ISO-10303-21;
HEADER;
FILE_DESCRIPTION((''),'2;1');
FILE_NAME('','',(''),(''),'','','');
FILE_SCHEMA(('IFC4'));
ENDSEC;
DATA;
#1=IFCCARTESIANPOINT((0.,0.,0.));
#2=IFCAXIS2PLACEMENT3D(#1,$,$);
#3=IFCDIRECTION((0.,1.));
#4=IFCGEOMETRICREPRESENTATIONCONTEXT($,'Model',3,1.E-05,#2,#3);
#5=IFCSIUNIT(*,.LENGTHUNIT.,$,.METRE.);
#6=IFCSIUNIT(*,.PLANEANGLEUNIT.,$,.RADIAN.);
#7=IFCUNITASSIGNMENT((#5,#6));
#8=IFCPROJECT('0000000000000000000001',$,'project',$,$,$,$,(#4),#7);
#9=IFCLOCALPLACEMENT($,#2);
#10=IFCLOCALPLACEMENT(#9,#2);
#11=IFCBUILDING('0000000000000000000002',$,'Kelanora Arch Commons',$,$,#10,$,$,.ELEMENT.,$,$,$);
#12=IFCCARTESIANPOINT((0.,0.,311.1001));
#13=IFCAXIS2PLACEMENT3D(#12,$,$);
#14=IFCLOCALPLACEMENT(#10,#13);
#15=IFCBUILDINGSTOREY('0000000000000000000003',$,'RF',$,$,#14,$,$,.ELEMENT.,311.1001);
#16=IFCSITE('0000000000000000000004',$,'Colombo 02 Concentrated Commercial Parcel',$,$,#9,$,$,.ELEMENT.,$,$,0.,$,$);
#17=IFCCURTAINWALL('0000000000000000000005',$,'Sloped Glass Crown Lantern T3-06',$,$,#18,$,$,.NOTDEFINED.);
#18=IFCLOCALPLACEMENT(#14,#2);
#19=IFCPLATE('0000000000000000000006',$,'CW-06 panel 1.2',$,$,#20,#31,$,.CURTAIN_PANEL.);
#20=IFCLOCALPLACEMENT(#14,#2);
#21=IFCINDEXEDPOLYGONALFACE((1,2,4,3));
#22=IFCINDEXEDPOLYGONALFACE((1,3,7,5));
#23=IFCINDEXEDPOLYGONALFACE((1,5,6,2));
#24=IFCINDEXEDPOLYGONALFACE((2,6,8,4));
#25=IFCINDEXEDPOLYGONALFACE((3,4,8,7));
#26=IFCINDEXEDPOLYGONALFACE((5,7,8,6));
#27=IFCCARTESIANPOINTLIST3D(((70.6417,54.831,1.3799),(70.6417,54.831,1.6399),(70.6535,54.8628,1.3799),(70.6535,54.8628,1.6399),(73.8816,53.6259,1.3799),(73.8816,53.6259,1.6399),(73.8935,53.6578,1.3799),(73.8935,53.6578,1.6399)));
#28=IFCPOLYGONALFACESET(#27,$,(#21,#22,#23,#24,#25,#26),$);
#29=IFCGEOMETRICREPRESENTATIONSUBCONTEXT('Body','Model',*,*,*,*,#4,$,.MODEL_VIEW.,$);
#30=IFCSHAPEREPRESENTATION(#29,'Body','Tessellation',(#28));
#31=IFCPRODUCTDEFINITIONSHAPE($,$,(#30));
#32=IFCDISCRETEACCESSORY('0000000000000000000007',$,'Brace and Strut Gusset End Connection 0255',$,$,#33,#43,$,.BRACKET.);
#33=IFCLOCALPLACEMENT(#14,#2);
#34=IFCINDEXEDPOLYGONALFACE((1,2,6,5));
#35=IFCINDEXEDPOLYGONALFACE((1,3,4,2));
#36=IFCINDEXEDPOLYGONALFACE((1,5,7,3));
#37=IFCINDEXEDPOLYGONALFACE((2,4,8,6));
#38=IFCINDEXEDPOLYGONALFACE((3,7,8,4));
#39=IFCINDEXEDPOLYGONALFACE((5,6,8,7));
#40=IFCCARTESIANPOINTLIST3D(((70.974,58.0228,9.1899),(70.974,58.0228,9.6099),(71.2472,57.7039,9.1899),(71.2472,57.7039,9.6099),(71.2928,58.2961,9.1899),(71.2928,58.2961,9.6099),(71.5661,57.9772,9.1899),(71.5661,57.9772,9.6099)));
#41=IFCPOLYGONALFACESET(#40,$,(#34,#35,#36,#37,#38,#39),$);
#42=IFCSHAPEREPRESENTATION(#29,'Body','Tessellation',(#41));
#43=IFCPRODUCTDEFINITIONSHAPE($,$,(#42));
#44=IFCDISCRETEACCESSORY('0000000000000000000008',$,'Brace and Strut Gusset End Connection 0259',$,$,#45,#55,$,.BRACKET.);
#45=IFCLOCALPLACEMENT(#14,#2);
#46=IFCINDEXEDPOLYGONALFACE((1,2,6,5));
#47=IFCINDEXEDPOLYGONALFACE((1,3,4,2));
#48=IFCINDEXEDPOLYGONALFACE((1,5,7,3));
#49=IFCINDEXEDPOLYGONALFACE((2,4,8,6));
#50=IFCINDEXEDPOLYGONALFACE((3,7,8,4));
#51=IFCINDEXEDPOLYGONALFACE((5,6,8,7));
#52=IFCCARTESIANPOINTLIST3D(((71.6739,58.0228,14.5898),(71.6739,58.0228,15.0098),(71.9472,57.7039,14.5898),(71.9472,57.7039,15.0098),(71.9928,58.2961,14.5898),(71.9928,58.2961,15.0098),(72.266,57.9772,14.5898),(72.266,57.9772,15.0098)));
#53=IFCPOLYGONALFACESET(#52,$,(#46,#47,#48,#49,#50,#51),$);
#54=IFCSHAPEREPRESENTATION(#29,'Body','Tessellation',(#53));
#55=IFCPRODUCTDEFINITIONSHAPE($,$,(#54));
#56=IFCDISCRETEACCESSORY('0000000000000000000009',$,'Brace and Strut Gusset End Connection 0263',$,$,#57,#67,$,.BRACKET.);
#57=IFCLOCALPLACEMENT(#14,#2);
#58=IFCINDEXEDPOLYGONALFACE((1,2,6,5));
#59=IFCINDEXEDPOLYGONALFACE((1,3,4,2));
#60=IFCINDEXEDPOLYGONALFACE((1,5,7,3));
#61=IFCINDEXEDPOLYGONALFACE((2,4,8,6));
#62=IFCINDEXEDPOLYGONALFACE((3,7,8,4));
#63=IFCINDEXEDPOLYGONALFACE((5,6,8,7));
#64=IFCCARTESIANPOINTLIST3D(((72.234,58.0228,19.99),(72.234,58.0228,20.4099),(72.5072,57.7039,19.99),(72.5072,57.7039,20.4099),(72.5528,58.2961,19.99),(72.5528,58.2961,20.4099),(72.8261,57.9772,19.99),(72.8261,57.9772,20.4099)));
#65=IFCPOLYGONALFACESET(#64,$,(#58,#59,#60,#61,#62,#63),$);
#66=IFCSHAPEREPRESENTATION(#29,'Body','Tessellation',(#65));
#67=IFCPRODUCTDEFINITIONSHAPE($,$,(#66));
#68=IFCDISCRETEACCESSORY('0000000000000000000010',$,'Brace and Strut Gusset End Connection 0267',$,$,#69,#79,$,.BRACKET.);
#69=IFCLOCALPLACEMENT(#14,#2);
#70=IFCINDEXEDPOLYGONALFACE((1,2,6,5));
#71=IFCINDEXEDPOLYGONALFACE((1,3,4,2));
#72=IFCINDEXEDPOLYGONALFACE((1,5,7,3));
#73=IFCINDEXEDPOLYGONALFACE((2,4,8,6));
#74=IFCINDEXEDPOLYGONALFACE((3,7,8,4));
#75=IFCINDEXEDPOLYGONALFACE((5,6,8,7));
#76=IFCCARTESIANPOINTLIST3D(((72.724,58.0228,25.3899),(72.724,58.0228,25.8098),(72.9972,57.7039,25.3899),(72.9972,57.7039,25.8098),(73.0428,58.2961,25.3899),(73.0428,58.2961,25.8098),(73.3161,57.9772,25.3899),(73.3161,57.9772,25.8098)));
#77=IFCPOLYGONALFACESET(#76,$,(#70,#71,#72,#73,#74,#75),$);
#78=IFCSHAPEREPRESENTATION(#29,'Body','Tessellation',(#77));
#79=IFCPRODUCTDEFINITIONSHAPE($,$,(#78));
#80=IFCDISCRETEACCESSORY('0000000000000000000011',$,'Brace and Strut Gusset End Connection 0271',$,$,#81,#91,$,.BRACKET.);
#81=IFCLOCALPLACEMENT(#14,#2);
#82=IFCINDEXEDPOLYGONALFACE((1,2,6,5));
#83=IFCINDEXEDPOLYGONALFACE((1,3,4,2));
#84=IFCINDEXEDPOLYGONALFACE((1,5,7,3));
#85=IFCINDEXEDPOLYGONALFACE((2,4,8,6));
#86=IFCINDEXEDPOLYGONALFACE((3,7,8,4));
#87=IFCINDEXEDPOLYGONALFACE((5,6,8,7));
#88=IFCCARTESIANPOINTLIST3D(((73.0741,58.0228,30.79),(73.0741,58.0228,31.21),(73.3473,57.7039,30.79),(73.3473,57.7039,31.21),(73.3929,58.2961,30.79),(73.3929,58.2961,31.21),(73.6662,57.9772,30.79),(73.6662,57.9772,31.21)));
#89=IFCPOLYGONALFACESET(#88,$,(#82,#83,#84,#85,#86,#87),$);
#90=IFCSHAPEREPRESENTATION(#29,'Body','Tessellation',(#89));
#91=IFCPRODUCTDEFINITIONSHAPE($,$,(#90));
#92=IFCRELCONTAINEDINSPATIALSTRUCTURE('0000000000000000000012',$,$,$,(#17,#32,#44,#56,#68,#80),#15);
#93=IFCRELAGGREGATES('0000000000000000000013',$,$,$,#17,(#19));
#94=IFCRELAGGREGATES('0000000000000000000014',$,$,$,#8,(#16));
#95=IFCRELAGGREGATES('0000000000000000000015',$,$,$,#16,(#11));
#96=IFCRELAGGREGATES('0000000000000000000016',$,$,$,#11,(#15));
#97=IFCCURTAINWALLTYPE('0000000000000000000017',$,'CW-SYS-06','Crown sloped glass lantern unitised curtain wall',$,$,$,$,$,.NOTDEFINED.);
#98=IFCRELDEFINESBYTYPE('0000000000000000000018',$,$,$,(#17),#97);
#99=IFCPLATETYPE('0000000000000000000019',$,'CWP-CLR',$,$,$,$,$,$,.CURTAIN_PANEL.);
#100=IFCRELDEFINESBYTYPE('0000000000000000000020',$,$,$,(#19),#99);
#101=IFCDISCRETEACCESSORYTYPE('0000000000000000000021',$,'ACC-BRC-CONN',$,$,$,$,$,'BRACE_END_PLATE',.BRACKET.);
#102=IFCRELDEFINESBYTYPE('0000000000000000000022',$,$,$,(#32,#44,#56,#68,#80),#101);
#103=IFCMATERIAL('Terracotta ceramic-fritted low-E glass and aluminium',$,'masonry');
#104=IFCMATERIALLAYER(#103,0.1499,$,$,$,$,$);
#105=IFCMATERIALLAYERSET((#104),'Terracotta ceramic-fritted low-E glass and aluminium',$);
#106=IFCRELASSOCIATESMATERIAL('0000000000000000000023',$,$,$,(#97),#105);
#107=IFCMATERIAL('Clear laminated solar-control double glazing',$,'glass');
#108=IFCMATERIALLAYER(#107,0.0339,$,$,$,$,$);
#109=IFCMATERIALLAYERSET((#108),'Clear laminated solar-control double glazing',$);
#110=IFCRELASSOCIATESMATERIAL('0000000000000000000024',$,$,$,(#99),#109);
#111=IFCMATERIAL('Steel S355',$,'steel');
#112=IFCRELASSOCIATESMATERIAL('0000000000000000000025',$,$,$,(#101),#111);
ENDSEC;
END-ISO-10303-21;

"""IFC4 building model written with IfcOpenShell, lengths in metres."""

from ifc_helpers import new_model, si_unit, direction, frame, origin, origin_2d, place, context, subcontext, project, spatial, rectangle, extrude, source, transform, mapped, material, layer, layer_set, type_object, element, aggregate, save


model = new_model("IFC4")

# Units and contexts
model_context = context("Model", 3, precision=1e-05, world=origin(), true_north=direction((0.0, 1.0)))
body_context = subcontext(model_context, "Body", "Model", "MODEL_VIEW")
ifc_project = project(units=[si_unit("LENGTHUNIT", "METRE"), si_unit("PLANEANGLEUNIT", "RADIAN")], contexts=[model_context])

# Site, building, storey
site_placement = place(None, origin())
site = spatial("IfcSite", under=ifc_project, at=site_placement, Name="Colombo 02 Concentrated Commercial Parcel", CompositionType="ELEMENT", RefElevation=0.0)
building_placement = place(site_placement, origin())
building = spatial("IfcBuilding", under=site, at=building_placement, Name="Kelanora Arch Commons", CompositionType="ELEMENT")
storey_placement = place(building_placement, frame((0.0, 0.0, 311.1001)))
storey = spatial("IfcBuildingStorey", under=building, at=storey_placement, Name="RF", CompositionType="ELEMENT", Elevation=311.1001)

# Shared definitions
ifc_material_1 = material(Name="Terracotta ceramic-fritted low-E glass and aluminium", Category="masonry")
ifc_layer_1 = layer(ifc_material_1, 0.1499)
ifc_layer_set_1 = layer_set([ifc_layer_1], Name="Terracotta ceramic-fritted low-E glass and aluminium")
curtain_wall_type = type_object("IfcCurtainWallType", Name="CW-SYS-06", Description="Crown sloped glass lantern unitised curtain wall", PredefinedType="NOTDEFINED", material=ifc_layer_set_1)

# Curtain wall
curtain_wall_1_placement = place(storey_placement, origin())
curtain_wall_1 = element("IfcCurtainWall", 1, at=curtain_wall_1_placement, inside=storey, type_object=curtain_wall_type, Name="Sloped Glass Crown Lantern T3-06", PredefinedType="NOTDEFINED")

# Shared definitions
ifc_material_2 = material(Name="Steel S355", Category="steel")

# Plate
ifc_material_3 = material(Name="Clear laminated solar-control double glazing", Category="glass")
ifc_layer_2 = layer(ifc_material_3, 0.0339)
ifc_layer_set_2 = layer_set([ifc_layer_2], Name="Clear laminated solar-control double glazing")
plate_type = type_object("IfcPlateType", Name="CWP-CLR", PredefinedType="CURTAIN_PANEL", material=ifc_layer_set_2)
shared_shape_1 = source(origin(), body_context, "Body", "SweptSolid", [
    extrude(rectangle(XDim=3.4568, YDim=0.0339, at=origin_2d()), origin(), (0.0, 0.0, 1.0), 0.26),
])
plate_1_placement = place(storey_placement, frame((72.2676, 54.2444, 1.3799), z_axis=(0.0, 0.0, 1.0), x_axis=(0.937268, -0.34861, 0.0)))
plate_1 = element("IfcPlate", 2, at=plate_1_placement, type_object=plate_type, Name="CW-06 panel 1.2", PredefinedType="CURTAIN_PANEL", context=body_context, shape_type="MappedRepresentation", body=[
    mapped(shared_shape_1, transform((0.0, 0.0, 0.0), scale=1.0)),
])
aggregate(curtain_wall_1, [plate_1])

# Discrete accessories
discrete_accessory_type = type_object("IfcDiscreteAccessoryType", Name="ACC-BRC-CONN", ElementType="BRACE_END_PLATE", PredefinedType="BRACKET", material=ifc_material_2)
shared_shape_2 = source(origin(), body_context, "Body", "SweptSolid", [
    extrude(rectangle(XDim=0.4199, YDim=0.4199, at=origin_2d()), origin(), (0.0, 0.0, 1.0), 0.4199),
])
for number, where, z_axis, x_axis, name in (
    (3, (71.27, 58.0, 9.1899), (0.0, 0.0, 1.0), (-0.759271, -0.650774, 0.0), "Brace and Strut Gusset End Connection 0255"),
    (4, (71.97, 58.0, 14.5898), (0.0, 0.0, 1.0), (-0.759271, -0.650774, 0.0), "Brace and Strut Gusset End Connection 0259"),
    (5, (72.53, 58.0, 19.99), (0.0, 0.0, 1.0), (-0.759271, -0.650774, 0.0), "Brace and Strut Gusset End Connection 0263"),
    (6, (73.02, 58.0, 25.3899), (0.0, 0.0, 1.0), (-0.759271, -0.650774, 0.0), "Brace and Strut Gusset End Connection 0267"),
    (7, (73.3701, 58.0, 30.79), (0.0, 0.0, 1.0), (-0.759271, -0.650774, 0.0), "Brace and Strut Gusset End Connection 0271"),
):
    element("IfcDiscreteAccessory", number, at=place(storey_placement, frame(where, z_axis=z_axis, x_axis=x_axis)), inside=storey, type_object=discrete_accessory_type, Name=name, PredefinedType="BRACKET", context=body_context, shape_type="MappedRepresentation", body=[
        mapped(shared_shape_2, transform((0.0, 0.0, 0.0), scale=1.0)),
    ])

save(model, "model.ifc")
